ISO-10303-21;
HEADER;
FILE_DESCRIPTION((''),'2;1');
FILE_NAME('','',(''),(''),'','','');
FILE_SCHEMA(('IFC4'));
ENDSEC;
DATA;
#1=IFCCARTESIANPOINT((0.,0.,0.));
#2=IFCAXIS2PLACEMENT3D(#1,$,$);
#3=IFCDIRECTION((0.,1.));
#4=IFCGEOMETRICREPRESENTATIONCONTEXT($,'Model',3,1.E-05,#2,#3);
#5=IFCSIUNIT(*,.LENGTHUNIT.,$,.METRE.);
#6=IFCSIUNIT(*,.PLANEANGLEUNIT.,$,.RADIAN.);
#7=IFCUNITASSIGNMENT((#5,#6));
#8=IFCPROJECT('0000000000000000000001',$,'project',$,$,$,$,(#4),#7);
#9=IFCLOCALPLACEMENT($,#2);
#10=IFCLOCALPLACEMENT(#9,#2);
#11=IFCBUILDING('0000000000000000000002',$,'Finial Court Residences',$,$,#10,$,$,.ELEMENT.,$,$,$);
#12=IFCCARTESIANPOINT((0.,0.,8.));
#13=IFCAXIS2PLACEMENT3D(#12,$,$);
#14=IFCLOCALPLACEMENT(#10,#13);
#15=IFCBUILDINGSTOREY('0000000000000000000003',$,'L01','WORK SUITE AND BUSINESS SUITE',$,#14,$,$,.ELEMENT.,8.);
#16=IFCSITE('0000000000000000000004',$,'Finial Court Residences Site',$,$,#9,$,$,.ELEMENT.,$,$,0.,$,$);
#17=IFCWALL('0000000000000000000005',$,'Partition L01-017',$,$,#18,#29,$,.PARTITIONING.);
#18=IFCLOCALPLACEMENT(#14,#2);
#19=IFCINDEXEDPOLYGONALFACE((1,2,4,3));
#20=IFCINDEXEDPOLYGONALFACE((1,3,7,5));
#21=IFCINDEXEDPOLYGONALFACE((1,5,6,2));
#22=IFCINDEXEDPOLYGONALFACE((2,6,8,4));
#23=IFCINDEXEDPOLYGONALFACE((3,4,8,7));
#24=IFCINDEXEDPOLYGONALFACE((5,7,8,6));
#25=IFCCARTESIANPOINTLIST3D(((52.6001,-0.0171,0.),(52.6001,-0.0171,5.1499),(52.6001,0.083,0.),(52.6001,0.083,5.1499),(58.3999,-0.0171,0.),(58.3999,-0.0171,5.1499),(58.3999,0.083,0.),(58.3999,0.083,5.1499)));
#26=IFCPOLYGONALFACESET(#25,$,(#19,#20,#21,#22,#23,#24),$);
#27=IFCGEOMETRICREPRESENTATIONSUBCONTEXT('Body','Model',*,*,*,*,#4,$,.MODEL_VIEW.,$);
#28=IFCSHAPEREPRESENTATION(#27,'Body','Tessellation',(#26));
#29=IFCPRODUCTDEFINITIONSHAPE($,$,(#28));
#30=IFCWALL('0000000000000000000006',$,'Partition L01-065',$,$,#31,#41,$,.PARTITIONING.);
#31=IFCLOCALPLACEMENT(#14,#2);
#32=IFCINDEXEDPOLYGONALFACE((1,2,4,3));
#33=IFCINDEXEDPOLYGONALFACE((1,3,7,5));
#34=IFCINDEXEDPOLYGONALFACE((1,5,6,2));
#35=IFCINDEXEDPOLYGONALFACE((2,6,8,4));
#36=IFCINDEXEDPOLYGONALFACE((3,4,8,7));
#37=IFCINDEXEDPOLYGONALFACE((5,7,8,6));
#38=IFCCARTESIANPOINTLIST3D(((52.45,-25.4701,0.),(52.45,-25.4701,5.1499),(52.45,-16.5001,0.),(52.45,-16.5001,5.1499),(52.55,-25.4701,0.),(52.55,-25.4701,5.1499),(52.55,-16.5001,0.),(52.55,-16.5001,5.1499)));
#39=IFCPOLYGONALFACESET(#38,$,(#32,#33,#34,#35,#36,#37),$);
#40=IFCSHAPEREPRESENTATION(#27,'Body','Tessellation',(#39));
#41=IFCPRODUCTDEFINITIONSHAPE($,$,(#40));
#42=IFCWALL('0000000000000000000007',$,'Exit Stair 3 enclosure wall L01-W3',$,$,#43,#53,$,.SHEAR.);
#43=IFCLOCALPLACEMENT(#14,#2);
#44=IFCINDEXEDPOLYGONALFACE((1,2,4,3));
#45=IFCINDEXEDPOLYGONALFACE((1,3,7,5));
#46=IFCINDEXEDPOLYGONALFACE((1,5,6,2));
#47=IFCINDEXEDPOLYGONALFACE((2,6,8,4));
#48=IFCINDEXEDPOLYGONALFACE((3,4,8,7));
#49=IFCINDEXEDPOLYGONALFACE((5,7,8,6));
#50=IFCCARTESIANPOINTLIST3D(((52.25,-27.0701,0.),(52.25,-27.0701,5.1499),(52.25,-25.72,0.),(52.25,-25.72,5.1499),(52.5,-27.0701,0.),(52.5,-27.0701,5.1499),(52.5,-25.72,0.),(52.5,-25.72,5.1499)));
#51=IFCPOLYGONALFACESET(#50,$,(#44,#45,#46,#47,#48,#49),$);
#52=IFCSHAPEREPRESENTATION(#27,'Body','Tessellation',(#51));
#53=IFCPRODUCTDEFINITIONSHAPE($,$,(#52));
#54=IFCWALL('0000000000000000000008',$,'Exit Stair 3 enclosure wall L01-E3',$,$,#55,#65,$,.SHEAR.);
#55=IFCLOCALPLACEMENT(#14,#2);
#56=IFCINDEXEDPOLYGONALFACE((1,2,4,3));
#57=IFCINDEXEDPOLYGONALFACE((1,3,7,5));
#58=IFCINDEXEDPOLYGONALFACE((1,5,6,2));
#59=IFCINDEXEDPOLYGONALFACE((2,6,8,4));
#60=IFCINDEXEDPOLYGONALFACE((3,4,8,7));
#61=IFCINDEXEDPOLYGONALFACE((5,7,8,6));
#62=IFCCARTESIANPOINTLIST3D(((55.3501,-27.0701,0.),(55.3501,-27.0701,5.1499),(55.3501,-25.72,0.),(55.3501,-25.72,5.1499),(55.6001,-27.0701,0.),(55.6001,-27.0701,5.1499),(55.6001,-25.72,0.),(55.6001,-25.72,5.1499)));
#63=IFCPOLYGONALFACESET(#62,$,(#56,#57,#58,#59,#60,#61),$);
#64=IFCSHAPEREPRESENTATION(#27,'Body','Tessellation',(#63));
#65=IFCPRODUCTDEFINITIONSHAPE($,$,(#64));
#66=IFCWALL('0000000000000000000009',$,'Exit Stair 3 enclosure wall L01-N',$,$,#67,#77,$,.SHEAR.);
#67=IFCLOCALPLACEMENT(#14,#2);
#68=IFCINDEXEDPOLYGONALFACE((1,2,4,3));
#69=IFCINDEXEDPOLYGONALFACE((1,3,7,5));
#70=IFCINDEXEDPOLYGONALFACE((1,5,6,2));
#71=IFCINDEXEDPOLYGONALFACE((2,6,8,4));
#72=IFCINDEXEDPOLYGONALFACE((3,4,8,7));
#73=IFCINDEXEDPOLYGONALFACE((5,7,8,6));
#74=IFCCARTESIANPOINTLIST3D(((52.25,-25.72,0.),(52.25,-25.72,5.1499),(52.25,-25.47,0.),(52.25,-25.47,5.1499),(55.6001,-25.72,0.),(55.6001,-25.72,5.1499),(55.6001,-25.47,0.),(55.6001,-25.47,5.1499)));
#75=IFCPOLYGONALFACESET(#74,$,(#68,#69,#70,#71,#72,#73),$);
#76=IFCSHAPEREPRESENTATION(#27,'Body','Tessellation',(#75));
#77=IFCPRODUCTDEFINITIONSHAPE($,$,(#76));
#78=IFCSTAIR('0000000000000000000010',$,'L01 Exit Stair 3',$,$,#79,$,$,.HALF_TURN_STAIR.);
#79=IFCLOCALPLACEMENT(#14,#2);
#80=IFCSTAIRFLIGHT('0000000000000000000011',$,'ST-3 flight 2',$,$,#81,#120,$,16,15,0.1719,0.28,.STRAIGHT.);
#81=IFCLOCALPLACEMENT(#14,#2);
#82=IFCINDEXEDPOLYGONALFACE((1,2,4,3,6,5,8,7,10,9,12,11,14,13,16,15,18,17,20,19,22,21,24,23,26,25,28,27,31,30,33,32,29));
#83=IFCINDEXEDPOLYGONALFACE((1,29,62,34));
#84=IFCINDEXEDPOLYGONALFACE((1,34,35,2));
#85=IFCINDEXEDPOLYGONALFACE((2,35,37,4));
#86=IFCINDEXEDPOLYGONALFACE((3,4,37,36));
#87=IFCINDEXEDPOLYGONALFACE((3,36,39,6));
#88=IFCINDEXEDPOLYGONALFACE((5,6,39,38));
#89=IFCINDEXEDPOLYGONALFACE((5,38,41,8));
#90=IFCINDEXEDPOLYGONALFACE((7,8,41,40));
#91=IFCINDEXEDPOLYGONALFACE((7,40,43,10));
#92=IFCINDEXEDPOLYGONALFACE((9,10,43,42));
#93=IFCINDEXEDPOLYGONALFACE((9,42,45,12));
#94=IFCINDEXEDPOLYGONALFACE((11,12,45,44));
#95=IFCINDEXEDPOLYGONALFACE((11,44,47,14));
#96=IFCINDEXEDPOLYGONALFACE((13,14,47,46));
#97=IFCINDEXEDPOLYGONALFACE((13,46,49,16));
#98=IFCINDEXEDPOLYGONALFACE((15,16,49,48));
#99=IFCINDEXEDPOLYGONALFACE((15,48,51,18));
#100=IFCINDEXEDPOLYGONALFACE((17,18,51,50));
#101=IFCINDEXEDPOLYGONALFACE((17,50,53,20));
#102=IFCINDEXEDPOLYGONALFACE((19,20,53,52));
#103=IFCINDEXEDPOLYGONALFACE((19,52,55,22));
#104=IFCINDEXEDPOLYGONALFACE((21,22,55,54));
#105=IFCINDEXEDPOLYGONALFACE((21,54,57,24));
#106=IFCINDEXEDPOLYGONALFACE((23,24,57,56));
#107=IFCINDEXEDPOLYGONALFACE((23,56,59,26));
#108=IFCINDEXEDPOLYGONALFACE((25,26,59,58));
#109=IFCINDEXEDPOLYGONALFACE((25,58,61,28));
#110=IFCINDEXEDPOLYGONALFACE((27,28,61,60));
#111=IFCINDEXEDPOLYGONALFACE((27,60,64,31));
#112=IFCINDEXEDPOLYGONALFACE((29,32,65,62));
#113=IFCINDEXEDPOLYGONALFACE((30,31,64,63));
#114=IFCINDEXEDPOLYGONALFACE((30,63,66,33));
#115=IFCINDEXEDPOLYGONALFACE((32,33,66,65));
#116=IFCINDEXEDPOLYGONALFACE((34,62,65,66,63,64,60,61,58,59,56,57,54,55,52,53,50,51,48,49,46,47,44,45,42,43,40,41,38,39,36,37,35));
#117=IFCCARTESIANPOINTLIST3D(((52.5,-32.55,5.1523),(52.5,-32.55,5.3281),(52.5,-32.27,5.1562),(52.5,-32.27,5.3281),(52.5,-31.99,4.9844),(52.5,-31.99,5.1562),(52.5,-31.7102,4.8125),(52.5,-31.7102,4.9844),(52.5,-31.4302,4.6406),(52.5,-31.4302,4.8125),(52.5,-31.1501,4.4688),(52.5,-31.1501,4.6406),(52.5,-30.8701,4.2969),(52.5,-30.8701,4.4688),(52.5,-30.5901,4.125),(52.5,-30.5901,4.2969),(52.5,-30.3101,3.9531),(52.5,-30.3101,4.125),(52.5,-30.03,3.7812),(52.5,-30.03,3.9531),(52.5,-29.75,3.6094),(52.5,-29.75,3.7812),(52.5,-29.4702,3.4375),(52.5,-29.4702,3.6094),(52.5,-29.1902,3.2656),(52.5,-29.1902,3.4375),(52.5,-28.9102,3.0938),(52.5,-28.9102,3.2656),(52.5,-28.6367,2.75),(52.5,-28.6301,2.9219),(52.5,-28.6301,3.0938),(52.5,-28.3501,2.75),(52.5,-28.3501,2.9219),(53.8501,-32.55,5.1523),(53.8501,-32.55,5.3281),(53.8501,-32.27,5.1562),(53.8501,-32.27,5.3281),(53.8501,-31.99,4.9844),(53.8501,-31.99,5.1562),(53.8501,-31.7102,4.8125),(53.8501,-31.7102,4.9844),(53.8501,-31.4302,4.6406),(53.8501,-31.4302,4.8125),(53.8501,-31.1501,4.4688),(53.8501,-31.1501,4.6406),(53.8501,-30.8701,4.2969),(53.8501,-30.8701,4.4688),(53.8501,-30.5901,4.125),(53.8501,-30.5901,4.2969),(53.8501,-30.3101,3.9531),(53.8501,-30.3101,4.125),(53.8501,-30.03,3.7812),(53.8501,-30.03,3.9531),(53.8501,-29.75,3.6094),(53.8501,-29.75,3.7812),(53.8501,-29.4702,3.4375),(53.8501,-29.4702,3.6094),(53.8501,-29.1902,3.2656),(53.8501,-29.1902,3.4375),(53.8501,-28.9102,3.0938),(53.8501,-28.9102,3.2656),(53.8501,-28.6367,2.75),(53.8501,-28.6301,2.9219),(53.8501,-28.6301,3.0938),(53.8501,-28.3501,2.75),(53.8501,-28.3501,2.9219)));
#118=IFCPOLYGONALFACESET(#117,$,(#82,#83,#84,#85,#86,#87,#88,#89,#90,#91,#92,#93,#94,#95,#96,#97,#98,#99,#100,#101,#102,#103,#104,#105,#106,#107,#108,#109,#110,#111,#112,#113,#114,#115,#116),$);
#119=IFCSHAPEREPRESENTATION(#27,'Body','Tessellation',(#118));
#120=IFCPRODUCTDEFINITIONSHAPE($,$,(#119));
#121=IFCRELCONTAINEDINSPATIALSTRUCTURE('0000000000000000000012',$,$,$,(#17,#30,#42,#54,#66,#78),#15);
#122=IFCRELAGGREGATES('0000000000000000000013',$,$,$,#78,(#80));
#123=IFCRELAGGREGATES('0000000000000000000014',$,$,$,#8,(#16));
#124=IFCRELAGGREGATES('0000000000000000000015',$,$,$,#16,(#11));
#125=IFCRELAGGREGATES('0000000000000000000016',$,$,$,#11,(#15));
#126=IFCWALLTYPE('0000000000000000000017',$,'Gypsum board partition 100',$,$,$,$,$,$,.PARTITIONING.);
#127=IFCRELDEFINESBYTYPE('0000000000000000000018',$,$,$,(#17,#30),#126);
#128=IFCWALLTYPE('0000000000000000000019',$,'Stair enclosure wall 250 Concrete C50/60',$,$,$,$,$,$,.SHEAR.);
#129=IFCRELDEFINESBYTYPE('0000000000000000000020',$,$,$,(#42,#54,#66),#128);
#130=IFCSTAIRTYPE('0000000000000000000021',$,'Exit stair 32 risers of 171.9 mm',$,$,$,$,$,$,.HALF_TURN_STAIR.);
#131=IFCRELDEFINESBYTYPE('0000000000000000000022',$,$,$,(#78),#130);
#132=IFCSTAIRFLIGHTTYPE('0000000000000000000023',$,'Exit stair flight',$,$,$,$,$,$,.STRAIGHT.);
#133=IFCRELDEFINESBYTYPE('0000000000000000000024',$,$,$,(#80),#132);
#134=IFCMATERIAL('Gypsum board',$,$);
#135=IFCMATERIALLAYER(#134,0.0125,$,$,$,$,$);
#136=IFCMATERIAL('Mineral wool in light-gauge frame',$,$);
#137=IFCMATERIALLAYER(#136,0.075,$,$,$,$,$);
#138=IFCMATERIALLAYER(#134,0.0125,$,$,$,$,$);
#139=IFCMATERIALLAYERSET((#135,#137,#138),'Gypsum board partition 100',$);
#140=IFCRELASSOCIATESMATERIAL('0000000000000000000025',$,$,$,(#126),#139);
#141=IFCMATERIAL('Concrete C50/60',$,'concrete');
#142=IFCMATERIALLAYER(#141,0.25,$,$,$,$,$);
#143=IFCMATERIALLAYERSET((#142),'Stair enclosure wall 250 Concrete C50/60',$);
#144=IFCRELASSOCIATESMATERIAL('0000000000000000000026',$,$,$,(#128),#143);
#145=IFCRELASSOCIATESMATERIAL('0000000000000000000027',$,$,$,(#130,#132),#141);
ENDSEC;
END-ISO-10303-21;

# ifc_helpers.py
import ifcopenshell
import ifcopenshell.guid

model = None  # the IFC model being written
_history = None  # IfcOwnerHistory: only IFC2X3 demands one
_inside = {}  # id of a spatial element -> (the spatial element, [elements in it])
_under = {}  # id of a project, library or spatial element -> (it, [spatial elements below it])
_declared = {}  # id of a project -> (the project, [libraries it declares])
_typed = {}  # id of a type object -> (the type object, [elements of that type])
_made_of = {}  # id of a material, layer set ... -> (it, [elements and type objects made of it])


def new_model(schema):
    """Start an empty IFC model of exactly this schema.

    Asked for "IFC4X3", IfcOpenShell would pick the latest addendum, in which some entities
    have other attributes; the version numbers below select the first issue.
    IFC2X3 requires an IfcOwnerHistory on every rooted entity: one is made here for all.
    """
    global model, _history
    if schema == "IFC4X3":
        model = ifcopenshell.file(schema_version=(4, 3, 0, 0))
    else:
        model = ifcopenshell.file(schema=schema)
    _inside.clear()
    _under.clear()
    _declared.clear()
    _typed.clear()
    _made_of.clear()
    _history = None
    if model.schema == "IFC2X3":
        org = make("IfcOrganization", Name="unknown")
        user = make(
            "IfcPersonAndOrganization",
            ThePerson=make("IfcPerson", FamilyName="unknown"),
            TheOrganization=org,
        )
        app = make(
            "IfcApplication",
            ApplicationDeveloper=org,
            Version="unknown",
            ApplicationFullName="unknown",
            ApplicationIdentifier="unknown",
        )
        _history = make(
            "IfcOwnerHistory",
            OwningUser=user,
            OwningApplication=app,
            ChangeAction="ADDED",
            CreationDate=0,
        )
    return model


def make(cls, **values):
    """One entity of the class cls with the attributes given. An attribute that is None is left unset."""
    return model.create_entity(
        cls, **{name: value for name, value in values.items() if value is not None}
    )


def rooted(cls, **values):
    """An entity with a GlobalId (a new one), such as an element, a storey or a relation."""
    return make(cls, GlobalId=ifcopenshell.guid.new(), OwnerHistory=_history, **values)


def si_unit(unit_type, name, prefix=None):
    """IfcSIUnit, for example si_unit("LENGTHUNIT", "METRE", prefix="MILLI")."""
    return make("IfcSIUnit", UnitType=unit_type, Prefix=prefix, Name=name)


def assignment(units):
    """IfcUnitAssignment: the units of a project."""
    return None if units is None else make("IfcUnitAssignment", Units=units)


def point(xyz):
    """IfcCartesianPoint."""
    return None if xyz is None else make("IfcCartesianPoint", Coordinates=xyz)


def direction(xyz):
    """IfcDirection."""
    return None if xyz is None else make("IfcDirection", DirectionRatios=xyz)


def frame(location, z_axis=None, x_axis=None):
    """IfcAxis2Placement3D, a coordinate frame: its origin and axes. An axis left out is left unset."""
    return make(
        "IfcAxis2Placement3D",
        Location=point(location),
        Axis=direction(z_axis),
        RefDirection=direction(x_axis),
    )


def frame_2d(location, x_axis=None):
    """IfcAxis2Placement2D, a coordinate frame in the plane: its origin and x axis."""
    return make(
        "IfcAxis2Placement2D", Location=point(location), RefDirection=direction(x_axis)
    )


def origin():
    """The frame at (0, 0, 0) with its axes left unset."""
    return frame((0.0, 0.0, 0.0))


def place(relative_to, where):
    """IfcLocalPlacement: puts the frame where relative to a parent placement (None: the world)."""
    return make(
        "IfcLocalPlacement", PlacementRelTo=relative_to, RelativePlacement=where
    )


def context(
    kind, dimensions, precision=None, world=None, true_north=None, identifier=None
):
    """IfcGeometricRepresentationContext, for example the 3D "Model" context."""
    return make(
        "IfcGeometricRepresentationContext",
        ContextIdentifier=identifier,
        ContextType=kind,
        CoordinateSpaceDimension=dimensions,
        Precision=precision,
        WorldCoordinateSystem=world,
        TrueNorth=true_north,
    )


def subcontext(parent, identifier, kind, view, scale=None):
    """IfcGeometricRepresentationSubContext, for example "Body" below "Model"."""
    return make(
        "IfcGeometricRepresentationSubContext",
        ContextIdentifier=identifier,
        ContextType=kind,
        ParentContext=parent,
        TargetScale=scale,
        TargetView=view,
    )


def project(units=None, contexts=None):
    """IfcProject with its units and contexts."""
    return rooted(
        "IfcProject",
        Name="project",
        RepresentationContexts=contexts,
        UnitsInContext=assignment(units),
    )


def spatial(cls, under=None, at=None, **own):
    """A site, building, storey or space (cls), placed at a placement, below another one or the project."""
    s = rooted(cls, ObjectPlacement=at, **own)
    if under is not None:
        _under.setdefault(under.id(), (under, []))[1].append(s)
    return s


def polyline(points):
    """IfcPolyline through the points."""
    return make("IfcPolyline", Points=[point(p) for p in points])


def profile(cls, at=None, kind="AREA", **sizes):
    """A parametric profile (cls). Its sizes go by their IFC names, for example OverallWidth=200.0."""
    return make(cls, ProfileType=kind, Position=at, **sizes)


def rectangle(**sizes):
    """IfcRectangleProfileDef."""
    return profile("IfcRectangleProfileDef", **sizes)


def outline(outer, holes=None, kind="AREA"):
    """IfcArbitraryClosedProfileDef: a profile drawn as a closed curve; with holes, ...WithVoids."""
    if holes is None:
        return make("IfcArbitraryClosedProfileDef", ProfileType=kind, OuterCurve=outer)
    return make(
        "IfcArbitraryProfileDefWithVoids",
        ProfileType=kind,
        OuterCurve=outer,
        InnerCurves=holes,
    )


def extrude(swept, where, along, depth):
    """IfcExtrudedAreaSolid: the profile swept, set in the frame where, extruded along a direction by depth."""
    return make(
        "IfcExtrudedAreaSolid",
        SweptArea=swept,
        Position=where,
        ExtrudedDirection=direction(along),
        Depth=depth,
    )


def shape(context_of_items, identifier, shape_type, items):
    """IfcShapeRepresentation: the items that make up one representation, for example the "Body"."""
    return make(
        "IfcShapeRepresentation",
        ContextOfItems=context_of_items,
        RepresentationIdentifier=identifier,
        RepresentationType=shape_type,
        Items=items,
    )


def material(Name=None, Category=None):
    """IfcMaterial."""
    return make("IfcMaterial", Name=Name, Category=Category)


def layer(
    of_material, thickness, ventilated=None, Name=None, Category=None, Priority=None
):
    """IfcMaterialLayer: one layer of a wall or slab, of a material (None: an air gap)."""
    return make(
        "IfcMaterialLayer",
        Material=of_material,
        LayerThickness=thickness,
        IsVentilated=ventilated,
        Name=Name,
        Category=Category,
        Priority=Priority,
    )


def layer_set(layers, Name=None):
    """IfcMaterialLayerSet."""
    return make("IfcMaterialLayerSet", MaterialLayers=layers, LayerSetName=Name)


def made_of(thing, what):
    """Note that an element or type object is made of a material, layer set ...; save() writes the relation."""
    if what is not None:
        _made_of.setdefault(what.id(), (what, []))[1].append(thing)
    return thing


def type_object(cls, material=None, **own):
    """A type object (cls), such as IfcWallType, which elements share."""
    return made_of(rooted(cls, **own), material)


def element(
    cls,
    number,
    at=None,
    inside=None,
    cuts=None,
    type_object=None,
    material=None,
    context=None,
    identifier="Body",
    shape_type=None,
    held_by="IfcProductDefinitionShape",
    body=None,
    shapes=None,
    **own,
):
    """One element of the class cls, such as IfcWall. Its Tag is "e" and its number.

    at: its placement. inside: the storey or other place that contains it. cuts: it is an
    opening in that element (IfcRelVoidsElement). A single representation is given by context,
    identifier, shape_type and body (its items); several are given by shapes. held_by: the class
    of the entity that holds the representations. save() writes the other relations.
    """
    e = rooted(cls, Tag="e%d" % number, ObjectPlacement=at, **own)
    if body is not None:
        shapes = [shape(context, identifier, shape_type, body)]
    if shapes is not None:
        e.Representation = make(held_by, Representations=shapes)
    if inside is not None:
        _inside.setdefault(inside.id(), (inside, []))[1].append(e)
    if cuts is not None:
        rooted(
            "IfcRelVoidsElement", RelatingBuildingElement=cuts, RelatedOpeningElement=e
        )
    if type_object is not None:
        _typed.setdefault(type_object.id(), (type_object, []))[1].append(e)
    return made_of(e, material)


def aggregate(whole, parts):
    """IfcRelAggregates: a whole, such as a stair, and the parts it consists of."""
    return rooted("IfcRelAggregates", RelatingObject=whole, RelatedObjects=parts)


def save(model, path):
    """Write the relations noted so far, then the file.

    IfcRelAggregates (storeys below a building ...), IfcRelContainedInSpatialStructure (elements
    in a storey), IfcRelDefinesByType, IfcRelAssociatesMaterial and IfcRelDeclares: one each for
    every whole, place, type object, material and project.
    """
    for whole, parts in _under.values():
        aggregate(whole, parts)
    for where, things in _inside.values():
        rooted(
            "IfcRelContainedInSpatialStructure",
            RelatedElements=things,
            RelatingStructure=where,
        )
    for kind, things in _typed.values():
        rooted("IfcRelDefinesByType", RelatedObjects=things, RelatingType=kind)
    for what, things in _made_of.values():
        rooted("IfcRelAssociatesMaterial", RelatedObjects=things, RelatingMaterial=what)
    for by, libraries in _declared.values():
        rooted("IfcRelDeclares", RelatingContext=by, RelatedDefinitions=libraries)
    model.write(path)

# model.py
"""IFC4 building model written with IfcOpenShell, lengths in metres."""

from ifc_helpers import new_model, si_unit, direction, frame, frame_2d, origin, place, context, subcontext, project, spatial, polyline, rectangle, outline, extrude, material, layer, layer_set, type_object, element, aggregate, save


model = new_model("IFC4")

# Units and contexts
model_context = context("Model", 3, precision=1e-05, world=origin(), true_north=direction((0.0, 1.0)))
body_context = subcontext(model_context, "Body", "Model", "MODEL_VIEW")
ifc_project = project(units=[si_unit("LENGTHUNIT", "METRE"), si_unit("PLANEANGLEUNIT", "RADIAN")], contexts=[model_context])

# Site, building, storey
site_placement = place(None, origin())
site = spatial("IfcSite", under=ifc_project, at=site_placement, Name="Finial Court Residences Site", CompositionType="ELEMENT", RefElevation=0.0)
building_placement = place(site_placement, origin())
building = spatial("IfcBuilding", under=site, at=building_placement, Name="Finial Court Residences", CompositionType="ELEMENT")
storey_placement = place(building_placement, frame((0.0, 0.0, 8.0)))
storey = spatial("IfcBuildingStorey", under=building, at=storey_placement, Name="L01", Description="WORK SUITE AND BUSINESS SUITE", CompositionType="ELEMENT", Elevation=8.0)

# Shared definitions
ifc_material_1 = material(Name="Concrete C50/60", Category="concrete")

# Shared definitions
ifc_material_2 = material(Name="Gypsum board")

# Walls
ifc_layer_1 = layer(ifc_material_2, 0.0125)
ifc_material_3 = material(Name="Mineral wool in light-gauge frame")
ifc_layer_2 = layer(ifc_material_3, 0.075)
ifc_layer_3 = layer(ifc_material_2, 0.0125)
ifc_layer_set_1 = layer_set([ifc_layer_1, ifc_layer_2, ifc_layer_3], Name="Gypsum board partition 100")
wall_type_1 = type_object("IfcWallType", Name="Gypsum board partition 100", PredefinedType="PARTITIONING", material=ifc_layer_set_1)
for number, where, z_axis, x_axis, name in (
    (1, (52.6001, 0.033, 0.0), (0.0, 0.0, 1.0), (1.0, 0.0, 0.0), "Partition L01-017"),
):
    element("IfcWall", number, at=place(storey_placement, frame(where, z_axis=z_axis, x_axis=x_axis)), inside=storey, type_object=wall_type_1, Name=name, PredefinedType="PARTITIONING", context=body_context, shape_type="SweptSolid", body=[
        extrude(rectangle(XDim=5.7998, YDim=0.1001, at=frame_2d((2.8999, 0.0))), origin(), (0.0, 0.0, 1.0), 5.1499),
    ])
wall_1_placement = place(storey_placement, frame((52.5, -25.47, 0.0), z_axis=(0.0, 0.0, 1.0), x_axis=(0.0, 1.0, 0.0)))
element("IfcWall", 2, at=wall_1_placement, inside=storey, type_object=wall_type_1, Name="Partition L01-065", PredefinedType="PARTITIONING", context=body_context, shape_type="SweptSolid", body=[
    extrude(rectangle(XDim=8.97, YDim=0.1001, at=frame_2d((4.4849, 0.0))), origin(), (0.0, 0.0, 1.0), 5.1499),
])
ifc_layer_4 = layer(ifc_material_1, 0.25)
ifc_layer_set_2 = layer_set([ifc_layer_4], Name="Stair enclosure wall 250 Concrete C50/60")
wall_type_2 = type_object("IfcWallType", Name="Stair enclosure wall 250 Concrete C50/60", PredefinedType="SHEAR", material=ifc_layer_set_2)
for number, where, z_axis, x_axis, name in (
    (3, (52.375, -27.0701, 0.0), (0.0, 0.0, 1.0), (0.0, 1.0, 0.0), "Exit Stair 3 enclosure wall L01-W3"),
    (4, (55.4751, -27.0701, 0.0), (0.0, 0.0, 1.0), (0.0, 1.0, 0.0), "Exit Stair 3 enclosure wall L01-E3"),
):
    element("IfcWall", number, at=place(storey_placement, frame(where, z_axis=z_axis, x_axis=x_axis)), inside=storey, type_object=wall_type_2, Name=name, PredefinedType="SHEAR", context=body_context, shape_type="SweptSolid", body=[
        extrude(rectangle(XDim=1.3501, YDim=0.25, at=frame_2d((0.675, 0.0))), origin(), (0.0, 0.0, 1.0), 5.1499),
    ])
wall_2_placement = place(storey_placement, frame((52.25, -25.595, 0.0), z_axis=(0.0, 0.0, 1.0), x_axis=(1.0, 0.0, 0.0)))
element("IfcWall", 5, at=wall_2_placement, inside=storey, type_object=wall_type_2, Name="Exit Stair 3 enclosure wall L01-N", PredefinedType="SHEAR", context=body_context, shape_type="SweptSolid", body=[
    extrude(rectangle(XDim=3.3501, YDim=0.25, at=frame_2d((1.675, 0.0))), origin(), (0.0, 0.0, 1.0), 5.1499),
])

# Stair, stair flight
stair_type = type_object("IfcStairType", Name="Exit stair 32 risers of 171.9 mm", PredefinedType="HALF_TURN_STAIR", material=ifc_material_1)
stair_placement = place(storey_placement, origin())
stair = element("IfcStair", 6, at=stair_placement, inside=storey, type_object=stair_type, Name="L01 Exit Stair 3", PredefinedType="HALF_TURN_STAIR")
stair_flight_type = type_object("IfcStairFlightType", Name="Exit stair flight", PredefinedType="STRAIGHT", material=ifc_material_1)
stair_flight_placement = place(storey_placement, frame((53.175, -28.3501, 2.75), z_axis=(0.0, 0.0, 1.0), x_axis=(0.0, -1.0, 0.0)))
stair_flight = element("IfcStairFlight", 7, at=stair_flight_placement, type_object=stair_flight_type, Name="ST-3 flight 2", NumberOfRisers=16, NumberOfTreads=15, PredefinedType="STRAIGHT", RiserHeight=0.1719, TreadLength=0.28, context=body_context, shape_type="SweptSolid", body=[
    extrude(outline(polyline([(0.0, 0.0), (0.0, 0.1719), (0.28, 0.1719), (0.28, 0.3438), (0.5601, 0.3438), (0.5601, 0.5156), (0.8401, 0.5156), (0.8401, 0.6875), (1.1201, 0.6875), (1.1201, 0.8594), (1.3999, 0.8594), (1.3999, 1.0312), (1.6799, 1.0312), (1.6799, 1.2031), (1.96, 1.2031), (1.96, 1.375), (2.24, 1.375), (2.24, 1.5469), (2.52, 1.5469), (2.52, 1.7188), (2.8, 1.7188), (2.8, 1.8906), (3.0801, 1.8906), (3.0801, 2.0625), (3.3601, 2.0625), (3.3601, 2.2344), (3.6399, 2.2344), (3.6399, 2.4062), (3.9199, 2.4062), (3.9199, 2.5781), (4.2, 2.5781), (4.2, 2.75), (4.2, 2.4023), (0.2866, 0.0), (0.0, 0.0)])), frame((0.0, 0.675, 0.0), z_axis=(0.0, -1.0, 0.0), x_axis=(1.0, 0.0, 0.0)), (0.0, 0.0, 1.0), 1.3501),
])
aggregate(stair, [stair_flight])

save(model, "model.ifc")
